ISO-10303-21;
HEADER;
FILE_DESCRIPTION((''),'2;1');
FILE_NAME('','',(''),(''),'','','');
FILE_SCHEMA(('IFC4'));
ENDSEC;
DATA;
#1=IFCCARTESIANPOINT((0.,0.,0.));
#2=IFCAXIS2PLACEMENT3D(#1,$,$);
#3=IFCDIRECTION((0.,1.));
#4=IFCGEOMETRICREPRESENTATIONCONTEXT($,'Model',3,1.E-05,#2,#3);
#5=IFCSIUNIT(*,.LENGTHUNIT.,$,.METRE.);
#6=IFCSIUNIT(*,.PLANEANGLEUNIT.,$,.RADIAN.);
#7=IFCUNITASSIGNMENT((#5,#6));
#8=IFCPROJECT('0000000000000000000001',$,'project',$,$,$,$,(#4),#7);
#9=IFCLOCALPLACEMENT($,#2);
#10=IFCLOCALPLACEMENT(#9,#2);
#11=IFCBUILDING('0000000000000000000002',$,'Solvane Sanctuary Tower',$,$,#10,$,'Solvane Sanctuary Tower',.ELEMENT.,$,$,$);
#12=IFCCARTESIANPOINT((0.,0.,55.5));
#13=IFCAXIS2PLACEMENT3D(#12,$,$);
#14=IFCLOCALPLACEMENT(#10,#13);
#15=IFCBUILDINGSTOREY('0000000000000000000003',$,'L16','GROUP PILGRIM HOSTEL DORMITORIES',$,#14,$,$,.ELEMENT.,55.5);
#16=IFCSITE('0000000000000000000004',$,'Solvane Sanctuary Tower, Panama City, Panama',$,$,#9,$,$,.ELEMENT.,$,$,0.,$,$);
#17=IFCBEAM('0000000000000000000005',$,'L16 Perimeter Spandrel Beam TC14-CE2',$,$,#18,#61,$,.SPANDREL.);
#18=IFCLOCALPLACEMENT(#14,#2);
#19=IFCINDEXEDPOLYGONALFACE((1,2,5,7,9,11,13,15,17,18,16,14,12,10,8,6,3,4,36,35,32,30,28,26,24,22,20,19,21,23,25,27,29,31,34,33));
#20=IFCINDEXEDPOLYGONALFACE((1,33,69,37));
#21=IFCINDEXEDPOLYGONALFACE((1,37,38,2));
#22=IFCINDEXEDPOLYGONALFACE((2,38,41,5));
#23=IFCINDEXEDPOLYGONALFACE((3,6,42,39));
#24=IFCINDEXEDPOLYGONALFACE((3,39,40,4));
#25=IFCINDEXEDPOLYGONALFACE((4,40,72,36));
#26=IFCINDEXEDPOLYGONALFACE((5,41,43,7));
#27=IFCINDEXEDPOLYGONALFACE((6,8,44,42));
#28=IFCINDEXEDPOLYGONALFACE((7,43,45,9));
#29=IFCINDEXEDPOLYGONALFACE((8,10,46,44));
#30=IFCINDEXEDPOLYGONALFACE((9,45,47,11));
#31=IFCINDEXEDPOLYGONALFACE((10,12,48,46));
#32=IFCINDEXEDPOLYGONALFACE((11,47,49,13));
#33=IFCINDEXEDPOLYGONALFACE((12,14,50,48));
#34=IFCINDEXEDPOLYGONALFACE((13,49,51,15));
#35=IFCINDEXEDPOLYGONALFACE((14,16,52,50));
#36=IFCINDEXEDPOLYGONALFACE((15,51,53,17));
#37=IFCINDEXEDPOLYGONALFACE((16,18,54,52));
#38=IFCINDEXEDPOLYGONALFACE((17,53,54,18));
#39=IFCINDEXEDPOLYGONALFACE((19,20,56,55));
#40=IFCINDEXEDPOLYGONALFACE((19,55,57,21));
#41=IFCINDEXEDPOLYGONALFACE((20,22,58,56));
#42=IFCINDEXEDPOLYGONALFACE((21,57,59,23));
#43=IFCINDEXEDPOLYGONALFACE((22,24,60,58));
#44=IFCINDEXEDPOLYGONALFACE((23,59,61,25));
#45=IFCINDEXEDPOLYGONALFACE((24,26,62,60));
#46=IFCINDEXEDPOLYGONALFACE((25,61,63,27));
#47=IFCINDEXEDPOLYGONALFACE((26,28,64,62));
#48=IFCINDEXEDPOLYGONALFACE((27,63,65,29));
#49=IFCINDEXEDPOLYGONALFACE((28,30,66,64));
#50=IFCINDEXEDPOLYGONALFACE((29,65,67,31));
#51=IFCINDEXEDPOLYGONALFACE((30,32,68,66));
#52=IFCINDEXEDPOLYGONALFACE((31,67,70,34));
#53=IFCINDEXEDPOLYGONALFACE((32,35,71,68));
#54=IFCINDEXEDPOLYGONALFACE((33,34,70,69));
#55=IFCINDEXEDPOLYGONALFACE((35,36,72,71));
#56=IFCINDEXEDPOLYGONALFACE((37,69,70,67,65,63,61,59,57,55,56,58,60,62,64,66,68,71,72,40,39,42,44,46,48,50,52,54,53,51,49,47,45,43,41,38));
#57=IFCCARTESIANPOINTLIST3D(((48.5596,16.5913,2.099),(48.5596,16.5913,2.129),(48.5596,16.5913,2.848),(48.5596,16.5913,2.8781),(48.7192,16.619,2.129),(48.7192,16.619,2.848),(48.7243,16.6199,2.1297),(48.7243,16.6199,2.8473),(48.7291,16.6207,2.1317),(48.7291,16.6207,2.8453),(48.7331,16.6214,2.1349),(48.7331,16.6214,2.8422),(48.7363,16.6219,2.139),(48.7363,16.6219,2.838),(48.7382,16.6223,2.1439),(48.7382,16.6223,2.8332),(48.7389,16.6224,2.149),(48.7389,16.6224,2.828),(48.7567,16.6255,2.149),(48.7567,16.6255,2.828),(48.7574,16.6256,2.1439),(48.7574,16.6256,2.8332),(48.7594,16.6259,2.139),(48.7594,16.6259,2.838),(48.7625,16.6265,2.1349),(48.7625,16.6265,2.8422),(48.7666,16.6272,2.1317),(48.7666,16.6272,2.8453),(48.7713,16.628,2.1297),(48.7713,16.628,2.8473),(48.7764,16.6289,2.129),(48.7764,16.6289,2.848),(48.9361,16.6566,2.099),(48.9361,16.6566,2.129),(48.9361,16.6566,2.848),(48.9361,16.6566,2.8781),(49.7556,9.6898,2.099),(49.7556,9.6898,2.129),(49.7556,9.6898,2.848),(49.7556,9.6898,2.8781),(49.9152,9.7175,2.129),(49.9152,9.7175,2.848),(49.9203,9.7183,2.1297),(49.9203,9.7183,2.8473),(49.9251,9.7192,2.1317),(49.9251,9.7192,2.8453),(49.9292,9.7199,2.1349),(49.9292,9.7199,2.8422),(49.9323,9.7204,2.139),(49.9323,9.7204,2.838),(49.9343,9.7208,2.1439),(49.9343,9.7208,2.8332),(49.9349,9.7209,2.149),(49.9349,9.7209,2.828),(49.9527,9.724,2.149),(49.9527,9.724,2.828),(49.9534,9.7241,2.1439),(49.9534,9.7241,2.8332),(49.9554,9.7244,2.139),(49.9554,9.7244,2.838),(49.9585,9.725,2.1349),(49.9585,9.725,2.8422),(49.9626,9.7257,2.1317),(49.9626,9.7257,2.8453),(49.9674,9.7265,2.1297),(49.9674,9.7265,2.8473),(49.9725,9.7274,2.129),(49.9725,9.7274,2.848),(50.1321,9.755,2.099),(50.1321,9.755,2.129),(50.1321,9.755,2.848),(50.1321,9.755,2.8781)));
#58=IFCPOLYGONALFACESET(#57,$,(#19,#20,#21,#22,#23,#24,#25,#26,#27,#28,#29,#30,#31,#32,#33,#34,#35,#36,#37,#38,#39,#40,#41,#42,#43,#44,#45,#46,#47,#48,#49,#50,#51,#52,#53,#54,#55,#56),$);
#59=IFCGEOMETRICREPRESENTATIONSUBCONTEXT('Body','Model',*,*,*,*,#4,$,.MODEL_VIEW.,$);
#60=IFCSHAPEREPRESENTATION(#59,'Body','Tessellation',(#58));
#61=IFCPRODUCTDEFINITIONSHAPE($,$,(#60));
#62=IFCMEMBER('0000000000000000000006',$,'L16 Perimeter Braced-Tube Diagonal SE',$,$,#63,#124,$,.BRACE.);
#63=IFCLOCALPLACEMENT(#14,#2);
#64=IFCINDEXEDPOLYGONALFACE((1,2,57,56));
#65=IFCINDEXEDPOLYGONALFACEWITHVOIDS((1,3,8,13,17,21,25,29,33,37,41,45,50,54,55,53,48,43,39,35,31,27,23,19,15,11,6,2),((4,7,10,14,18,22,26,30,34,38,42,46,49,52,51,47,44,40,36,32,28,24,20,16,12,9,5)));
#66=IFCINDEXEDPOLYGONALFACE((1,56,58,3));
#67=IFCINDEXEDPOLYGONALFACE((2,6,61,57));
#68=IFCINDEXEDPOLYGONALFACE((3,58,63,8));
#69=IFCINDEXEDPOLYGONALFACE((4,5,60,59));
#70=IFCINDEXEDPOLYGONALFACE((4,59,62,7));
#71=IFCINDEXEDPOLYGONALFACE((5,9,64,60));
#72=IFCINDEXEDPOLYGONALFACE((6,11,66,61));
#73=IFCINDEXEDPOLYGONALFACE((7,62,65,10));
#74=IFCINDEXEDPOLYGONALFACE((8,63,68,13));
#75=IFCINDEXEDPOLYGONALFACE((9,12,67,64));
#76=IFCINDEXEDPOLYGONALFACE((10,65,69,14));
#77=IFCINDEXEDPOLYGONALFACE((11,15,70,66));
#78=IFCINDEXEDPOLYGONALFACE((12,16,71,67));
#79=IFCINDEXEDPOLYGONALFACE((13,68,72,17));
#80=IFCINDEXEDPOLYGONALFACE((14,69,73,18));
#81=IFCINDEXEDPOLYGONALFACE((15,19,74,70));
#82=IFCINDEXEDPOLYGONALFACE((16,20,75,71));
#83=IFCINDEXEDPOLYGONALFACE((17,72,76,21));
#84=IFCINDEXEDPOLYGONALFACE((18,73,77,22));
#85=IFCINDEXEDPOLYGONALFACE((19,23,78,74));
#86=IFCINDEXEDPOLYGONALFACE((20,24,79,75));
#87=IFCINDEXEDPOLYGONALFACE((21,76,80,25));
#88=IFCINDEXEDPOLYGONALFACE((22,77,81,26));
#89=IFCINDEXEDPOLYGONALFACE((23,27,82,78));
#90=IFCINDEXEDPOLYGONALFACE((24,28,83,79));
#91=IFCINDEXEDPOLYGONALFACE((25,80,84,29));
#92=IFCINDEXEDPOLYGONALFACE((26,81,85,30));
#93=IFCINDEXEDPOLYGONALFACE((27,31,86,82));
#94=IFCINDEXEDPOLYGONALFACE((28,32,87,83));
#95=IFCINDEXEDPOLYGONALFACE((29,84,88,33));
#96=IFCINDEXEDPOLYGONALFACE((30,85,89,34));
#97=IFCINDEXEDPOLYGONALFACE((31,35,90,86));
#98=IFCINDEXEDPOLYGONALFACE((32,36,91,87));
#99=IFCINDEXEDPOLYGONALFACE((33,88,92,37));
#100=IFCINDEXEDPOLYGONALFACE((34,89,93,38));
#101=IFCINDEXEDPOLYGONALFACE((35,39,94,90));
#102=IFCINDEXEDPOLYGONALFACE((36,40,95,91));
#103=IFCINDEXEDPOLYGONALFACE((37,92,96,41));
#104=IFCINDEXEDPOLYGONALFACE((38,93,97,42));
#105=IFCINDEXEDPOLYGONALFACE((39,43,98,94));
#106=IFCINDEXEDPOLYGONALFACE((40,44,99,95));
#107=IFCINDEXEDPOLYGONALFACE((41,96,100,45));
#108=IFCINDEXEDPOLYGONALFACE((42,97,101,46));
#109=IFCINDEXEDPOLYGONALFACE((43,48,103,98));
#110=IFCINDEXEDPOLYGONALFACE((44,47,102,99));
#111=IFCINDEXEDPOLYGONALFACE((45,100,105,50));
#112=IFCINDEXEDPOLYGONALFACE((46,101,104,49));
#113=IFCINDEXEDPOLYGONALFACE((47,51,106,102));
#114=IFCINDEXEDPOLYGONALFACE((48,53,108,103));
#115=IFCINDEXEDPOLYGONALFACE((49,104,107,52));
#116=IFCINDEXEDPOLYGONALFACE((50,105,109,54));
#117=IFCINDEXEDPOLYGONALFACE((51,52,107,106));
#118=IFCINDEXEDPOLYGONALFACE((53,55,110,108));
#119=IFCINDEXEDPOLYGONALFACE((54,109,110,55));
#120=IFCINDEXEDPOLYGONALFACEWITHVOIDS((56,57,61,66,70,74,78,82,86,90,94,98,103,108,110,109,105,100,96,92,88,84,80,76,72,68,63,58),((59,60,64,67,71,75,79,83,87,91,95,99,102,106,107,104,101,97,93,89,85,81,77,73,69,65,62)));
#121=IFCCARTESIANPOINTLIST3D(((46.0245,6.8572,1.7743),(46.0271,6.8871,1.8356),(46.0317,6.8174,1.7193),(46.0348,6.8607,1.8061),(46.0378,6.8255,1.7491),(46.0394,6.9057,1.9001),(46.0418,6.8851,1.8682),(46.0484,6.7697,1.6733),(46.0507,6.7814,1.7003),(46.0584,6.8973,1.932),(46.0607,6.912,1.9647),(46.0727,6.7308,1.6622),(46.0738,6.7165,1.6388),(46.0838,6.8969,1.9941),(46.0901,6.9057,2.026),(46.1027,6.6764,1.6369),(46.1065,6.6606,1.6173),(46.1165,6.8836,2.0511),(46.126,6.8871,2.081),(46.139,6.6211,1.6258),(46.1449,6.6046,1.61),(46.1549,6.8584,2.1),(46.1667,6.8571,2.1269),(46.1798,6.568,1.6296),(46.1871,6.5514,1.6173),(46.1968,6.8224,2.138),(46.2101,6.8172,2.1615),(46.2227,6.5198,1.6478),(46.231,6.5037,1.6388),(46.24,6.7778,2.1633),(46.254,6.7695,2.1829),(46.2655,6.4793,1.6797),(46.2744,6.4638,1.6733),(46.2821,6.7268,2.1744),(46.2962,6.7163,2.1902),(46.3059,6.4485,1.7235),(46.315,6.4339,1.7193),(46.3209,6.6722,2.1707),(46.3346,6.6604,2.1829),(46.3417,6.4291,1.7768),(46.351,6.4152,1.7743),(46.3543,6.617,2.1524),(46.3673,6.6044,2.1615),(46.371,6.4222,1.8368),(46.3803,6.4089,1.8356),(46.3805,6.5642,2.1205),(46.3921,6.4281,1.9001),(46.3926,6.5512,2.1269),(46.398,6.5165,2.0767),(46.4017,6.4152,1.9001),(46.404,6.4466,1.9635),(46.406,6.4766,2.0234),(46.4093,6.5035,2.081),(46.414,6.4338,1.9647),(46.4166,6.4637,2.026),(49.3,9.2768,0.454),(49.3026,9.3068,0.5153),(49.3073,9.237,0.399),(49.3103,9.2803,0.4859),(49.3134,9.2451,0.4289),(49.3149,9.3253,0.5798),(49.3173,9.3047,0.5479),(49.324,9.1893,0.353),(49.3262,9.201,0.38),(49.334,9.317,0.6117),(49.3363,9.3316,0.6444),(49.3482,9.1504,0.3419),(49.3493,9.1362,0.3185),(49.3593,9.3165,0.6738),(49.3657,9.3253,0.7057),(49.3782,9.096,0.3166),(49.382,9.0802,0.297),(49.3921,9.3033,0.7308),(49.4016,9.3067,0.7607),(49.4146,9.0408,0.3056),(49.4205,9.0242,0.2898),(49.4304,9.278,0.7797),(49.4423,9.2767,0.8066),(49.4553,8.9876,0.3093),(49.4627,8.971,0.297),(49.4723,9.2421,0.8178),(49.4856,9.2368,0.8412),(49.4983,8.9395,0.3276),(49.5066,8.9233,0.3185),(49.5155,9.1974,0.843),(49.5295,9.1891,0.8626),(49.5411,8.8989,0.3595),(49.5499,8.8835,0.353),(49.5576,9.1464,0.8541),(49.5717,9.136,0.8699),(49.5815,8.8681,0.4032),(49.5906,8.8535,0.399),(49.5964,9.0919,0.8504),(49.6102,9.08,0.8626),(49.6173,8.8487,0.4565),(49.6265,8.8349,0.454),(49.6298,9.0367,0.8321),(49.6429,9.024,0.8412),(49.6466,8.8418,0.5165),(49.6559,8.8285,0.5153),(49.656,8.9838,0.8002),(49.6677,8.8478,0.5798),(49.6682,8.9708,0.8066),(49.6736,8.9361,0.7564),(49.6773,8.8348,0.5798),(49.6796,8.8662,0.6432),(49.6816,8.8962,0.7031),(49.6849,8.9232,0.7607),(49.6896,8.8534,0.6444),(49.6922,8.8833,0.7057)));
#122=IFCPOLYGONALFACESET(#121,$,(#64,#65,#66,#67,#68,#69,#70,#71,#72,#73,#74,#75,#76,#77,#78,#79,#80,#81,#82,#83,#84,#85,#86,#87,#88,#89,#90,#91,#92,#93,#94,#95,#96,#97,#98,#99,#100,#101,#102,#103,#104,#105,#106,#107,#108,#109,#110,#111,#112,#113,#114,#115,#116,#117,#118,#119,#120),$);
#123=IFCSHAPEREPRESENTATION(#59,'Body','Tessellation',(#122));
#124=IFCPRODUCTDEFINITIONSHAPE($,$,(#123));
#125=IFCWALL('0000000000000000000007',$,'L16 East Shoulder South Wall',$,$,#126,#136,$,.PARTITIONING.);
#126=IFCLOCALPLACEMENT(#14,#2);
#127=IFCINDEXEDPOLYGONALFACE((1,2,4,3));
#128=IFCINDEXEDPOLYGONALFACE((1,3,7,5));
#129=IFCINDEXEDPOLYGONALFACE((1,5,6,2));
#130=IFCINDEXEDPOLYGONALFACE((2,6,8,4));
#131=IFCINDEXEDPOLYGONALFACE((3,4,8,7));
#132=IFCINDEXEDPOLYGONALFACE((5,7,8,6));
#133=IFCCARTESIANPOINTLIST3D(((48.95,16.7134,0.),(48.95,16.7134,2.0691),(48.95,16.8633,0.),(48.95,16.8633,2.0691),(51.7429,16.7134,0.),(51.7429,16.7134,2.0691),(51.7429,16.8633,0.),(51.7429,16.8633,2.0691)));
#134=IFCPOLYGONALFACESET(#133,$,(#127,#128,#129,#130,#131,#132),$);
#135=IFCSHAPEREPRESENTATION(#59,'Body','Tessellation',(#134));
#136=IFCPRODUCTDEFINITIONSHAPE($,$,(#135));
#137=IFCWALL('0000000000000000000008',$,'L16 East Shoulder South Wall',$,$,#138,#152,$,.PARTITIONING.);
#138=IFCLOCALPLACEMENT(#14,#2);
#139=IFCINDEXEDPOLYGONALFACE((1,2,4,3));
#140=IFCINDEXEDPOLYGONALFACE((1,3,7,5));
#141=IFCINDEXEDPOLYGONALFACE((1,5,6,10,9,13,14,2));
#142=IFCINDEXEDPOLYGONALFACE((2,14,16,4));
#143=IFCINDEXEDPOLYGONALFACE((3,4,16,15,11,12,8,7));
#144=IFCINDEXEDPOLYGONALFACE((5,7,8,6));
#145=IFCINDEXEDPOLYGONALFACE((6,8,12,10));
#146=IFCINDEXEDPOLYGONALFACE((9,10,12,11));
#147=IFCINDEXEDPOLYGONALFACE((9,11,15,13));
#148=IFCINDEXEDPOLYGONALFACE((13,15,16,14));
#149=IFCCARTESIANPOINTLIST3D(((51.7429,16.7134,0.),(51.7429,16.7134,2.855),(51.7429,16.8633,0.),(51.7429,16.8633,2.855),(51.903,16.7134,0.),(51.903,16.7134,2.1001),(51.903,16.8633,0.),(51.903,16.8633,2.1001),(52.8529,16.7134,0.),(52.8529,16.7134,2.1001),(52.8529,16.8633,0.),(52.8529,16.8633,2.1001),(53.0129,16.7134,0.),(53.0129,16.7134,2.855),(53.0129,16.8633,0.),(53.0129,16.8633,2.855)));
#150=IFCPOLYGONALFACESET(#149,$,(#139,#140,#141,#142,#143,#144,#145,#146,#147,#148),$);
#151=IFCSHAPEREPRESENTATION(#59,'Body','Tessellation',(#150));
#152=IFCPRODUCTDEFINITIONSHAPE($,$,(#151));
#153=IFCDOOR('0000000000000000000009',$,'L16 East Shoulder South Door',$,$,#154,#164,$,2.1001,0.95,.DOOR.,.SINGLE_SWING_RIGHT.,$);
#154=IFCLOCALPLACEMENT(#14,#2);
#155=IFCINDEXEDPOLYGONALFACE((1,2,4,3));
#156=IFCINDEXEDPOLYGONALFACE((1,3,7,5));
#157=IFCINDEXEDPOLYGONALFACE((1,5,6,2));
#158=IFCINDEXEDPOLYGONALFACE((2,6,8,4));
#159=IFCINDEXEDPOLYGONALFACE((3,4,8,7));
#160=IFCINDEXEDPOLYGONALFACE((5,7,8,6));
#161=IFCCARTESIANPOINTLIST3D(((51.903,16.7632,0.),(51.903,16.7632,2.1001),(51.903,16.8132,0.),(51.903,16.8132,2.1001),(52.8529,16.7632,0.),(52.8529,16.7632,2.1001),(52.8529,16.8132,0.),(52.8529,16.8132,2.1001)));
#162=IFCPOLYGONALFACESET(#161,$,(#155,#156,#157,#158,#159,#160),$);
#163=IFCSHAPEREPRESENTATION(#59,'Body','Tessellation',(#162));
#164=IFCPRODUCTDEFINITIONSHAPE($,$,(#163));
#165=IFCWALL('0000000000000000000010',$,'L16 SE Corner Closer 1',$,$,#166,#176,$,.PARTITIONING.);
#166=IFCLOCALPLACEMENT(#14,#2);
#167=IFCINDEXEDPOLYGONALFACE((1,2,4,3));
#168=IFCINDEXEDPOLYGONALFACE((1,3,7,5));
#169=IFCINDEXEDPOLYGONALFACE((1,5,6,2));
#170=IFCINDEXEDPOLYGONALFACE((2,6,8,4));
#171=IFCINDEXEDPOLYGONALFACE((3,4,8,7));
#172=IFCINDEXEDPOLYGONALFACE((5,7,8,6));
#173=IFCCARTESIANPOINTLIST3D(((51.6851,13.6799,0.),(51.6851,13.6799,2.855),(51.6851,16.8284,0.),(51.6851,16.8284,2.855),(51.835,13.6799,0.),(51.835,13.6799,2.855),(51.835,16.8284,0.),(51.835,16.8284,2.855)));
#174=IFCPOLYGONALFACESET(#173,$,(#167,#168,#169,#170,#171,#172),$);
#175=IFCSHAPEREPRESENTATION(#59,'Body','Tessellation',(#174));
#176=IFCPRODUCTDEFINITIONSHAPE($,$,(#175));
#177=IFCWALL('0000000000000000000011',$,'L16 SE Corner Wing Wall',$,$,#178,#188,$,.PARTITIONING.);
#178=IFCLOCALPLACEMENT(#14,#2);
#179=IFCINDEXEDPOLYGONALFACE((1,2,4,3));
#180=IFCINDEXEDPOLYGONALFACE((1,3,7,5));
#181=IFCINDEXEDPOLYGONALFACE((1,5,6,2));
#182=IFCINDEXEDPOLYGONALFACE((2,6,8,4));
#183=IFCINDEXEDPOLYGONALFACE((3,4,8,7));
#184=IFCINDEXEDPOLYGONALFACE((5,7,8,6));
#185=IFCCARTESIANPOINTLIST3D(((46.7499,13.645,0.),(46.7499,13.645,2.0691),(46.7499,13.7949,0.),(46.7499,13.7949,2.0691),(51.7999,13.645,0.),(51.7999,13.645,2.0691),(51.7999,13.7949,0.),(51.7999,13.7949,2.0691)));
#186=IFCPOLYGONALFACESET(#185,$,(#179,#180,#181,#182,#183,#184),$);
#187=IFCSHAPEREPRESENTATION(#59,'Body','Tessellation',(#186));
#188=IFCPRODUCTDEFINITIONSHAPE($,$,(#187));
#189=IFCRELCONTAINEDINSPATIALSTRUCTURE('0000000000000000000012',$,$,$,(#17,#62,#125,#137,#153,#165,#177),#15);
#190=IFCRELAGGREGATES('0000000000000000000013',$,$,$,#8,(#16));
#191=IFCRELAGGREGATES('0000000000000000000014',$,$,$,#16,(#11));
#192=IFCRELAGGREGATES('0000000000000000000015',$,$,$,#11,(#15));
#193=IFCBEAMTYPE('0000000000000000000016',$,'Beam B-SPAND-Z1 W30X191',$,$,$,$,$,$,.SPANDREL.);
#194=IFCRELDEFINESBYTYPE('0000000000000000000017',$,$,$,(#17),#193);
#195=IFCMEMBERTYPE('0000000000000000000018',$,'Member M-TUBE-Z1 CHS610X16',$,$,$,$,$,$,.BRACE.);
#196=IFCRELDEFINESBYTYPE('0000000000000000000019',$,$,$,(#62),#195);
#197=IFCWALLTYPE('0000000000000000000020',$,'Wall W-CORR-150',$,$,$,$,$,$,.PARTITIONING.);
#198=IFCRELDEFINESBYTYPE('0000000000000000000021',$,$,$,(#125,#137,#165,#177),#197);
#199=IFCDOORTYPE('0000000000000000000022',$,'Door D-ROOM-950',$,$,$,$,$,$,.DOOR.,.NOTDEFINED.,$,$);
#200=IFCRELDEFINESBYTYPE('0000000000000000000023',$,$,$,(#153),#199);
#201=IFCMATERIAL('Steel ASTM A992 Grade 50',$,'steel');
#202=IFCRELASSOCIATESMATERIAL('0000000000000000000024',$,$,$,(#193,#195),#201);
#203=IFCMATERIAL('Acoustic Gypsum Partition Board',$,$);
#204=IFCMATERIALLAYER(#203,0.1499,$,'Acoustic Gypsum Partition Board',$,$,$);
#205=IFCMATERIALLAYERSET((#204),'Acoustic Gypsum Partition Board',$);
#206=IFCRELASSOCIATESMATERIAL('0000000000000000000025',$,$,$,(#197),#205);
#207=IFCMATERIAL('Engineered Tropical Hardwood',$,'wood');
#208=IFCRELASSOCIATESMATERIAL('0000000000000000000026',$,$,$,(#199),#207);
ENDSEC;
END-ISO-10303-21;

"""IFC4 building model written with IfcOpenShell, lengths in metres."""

from ifc_helpers import new_model, si_unit, direction, frame, frame_2d, origin, origin_2d, place, context, subcontext, project, spatial, rectangle, hollow_circle, i_section, extrude, material, layer, layer_set, material_profile, profile_set, type_object, element, fill, save


model = new_model("IFC4")

# Units and contexts
model_context = context("Model", 3, precision=1e-05, world=origin(), true_north=direction((0.0, 1.0)))
body_context = subcontext(model_context, "Body", "Model", "MODEL_VIEW")
ifc_project = project(units=[si_unit("LENGTHUNIT", "METRE"), si_unit("PLANEANGLEUNIT", "RADIAN")], contexts=[model_context])

# Site, building, storey
site_placement = place(None, origin())
site = spatial("IfcSite", under=ifc_project, at=site_placement, Name="Solvane Sanctuary Tower, Panama City, Panama", CompositionType="ELEMENT", RefElevation=0.0)
building_placement = place(site_placement, origin())
building = spatial("IfcBuilding", under=site, at=building_placement, Name="Solvane Sanctuary Tower", LongName="Solvane Sanctuary Tower", CompositionType="ELEMENT")
storey_placement = place(building_placement, frame((0.0, 0.0, 55.5)))
storey = spatial("IfcBuildingStorey", under=building, at=storey_placement, Name="L16", Description="GROUP PILGRIM HOSTEL DORMITORIES", CompositionType="ELEMENT", Elevation=55.5)

# Beam
ifc_material_1 = material(Name="Steel ASTM A992 Grade 50", Category="steel")
ifc_material_profile_1 = material_profile(ifc_material_1, i_section(OverallWidth=0.3821, OverallDepth=0.7791, WebThickness=0.0181, FlangeThickness=0.03, FilletRadius=0.02, at=origin_2d()), Name="W30X191")
ifc_profile_set_1 = profile_set([ifc_material_profile_1], Name="Steel ASTM A992 Grade 50")
beam_type_1 = type_object("IfcBeamType", Name="Beam B-SPAND-Z1 W30X191", PredefinedType="SPANDREL", material=ifc_profile_set_1)
beam_1_placement = place(storey_placement, frame((49.9438, 9.7224, 2.4885), z_axis=(-0.170754, 0.985314, 0.0), x_axis=(-0.985314, -0.170754, 0.0)))
element("IfcBeam", 1, at=beam_1_placement, inside=storey, type_object=beam_type_1, Name="L16 Perimeter Spandrel Beam TC14-CE2", PredefinedType="SPANDREL", context=body_context, shape_type="SweptSolid", body=[
    extrude(i_section(OverallWidth=0.3821, OverallDepth=0.7791, WebThickness=0.0181, FlangeThickness=0.03, FilletRadius=0.02, at=origin_2d()), origin(), (0.0, 0.0, 1.0), 7.0044),
])

# Member
ifc_material_profile_2 = material_profile(ifc_material_1, hollow_circle(Radius=0.3049, WallThickness=0.0161, at=origin_2d()), Name="CHS610X16")
ifc_profile_set_2 = profile_set([ifc_material_profile_2], Name="Steel ASTM A992 Grade 50")
member_type = type_object("IfcMemberType", Name="Member M-TUBE-Z1 CHS610X16", PredefinedType="BRACE", material=ifc_profile_set_2)
member_placement = place(storey_placement, frame((49.4961, 9.0801, 0.5798), z_axis=(-0.765138, -0.5652, 0.308405), x_axis=(0.594162, -0.804346, 0.0)))
element("IfcMember", 2, at=member_placement, inside=storey, type_object=member_type, Name="L16 Perimeter Braced-Tube Diagonal SE", PredefinedType="BRACE", context=body_context, shape_type="SweptSolid", body=[
    extrude(hollow_circle(Radius=0.3049, WallThickness=0.0161, at=origin_2d()), origin(), (0.0, 0.0, 1.0), 4.281),
])

# Wall
ifc_material_2 = material(Name="Acoustic Gypsum Partition Board")
ifc_layer_1 = layer(ifc_material_2, 0.1499, Name="Acoustic Gypsum Partition Board")
ifc_layer_set_1 = layer_set([ifc_layer_1], Name="Acoustic Gypsum Partition Board")
wall_type_1 = type_object("IfcWallType", Name="Wall W-CORR-150", PredefinedType="PARTITIONING", material=ifc_layer_set_1)
wall_1_placement = place(storey_placement, frame((48.95, 16.7883, 0.0), z_axis=(0.0, 0.0, 1.0), x_axis=(1.0, 0.0, 0.0)))
element("IfcWall", 3, at=wall_1_placement, inside=storey, type_object=wall_type_1, Name="L16 East Shoulder South Wall", PredefinedType="PARTITIONING", context=body_context, shape_type="SweptSolid", body=[
    extrude(rectangle(XDim=2.793, YDim=0.1499, at=frame_2d((1.3965, 0.0))), origin(), (0.0, 0.0, 1.0), 2.0691),
])

# Wall, opening, door
wall_2_placement = place(storey_placement, frame((51.7429, 16.7883, 0.0), z_axis=(0.0, 0.0, 1.0), x_axis=(1.0, 0.0, 0.0)))
wall_2 = element("IfcWall", 4, at=wall_2_placement, inside=storey, type_object=wall_type_1, Name="L16 East Shoulder South Wall", PredefinedType="PARTITIONING", context=body_context, shape_type="SweptSolid", body=[
    extrude(rectangle(XDim=1.27, YDim=0.1499, at=frame_2d((0.635, 0.0))), origin(), (0.0, 0.0, 1.0), 2.855),
])
opening_1_placement = place(wall_2_placement, frame((0.1599, 0.0, 0.0)))
opening_1 = element("IfcOpeningElement", 5, at=opening_1_placement, cuts=wall_2, PredefinedType="OPENING", context=body_context, shape_type="SweptSolid", body=[
    extrude(rectangle(XDim=0.95, YDim=2.1001, at=frame_2d((0.4751, 1.05))), frame((0.0, 0.085, 0.0), z_axis=(0.0, -1.0, 0.0), x_axis=(1.0, 0.0, 0.0)), (0.0, 0.0, 1.0), 0.1699),
])
ifc_material_3 = material(Name="Engineered Tropical Hardwood", Category="wood")
door_type_1 = type_object("IfcDoorType", Name="Door D-ROOM-950", OperationType="NOTDEFINED", PredefinedType="DOOR", material=ifc_material_3)
door_1_placement = place(opening_1_placement, origin())
door_1 = element("IfcDoor", 6, at=door_1_placement, inside=storey, type_object=door_type_1, Name="L16 East Shoulder South Door", OperationType="SINGLE_SWING_RIGHT", OverallHeight=2.1001, OverallWidth=0.95, PredefinedType="DOOR", context=body_context, shape_type="SweptSolid", body=[
    extrude(rectangle(XDim=0.95, YDim=2.1001, at=frame_2d((0.4751, 1.05))), frame((0.0, 0.0249, 0.0), z_axis=(0.0, -1.0, 0.0), x_axis=(1.0, 0.0, 0.0)), (0.0, 0.0, 1.0), 0.05),
])
fill(opening_1, door_1)

# Walls
wall_3_placement = place(storey_placement, frame((51.76, 13.6799, 0.0), z_axis=(0.0, 0.0, 1.0), x_axis=(0.0, 1.0, 0.0)))
element("IfcWall", 7, at=wall_3_placement, inside=storey, type_object=wall_type_1, Name="L16 SE Corner Closer 1", PredefinedType="PARTITIONING", context=body_context, shape_type="SweptSolid", body=[
    extrude(rectangle(XDim=3.1484, YDim=0.1499, at=frame_2d((1.5742, 0.0))), origin(), (0.0, 0.0, 1.0), 2.855),
])
wall_4_placement = place(storey_placement, frame((46.75, 13.72, 0.0), z_axis=(0.0, 0.0, 1.0), x_axis=(1.0, 0.0, 0.0)))
element("IfcWall", 8, at=wall_4_placement, inside=storey, type_object=wall_type_1, Name="L16 SE Corner Wing Wall", PredefinedType="PARTITIONING", context=body_context, shape_type="SweptSolid", body=[
    extrude(rectangle(XDim=5.05, YDim=0.1499, at=frame_2d((2.5249, 0.0))), origin(), (0.0, 0.0, 1.0), 2.0691),
])

save(model, "model.ifc")
